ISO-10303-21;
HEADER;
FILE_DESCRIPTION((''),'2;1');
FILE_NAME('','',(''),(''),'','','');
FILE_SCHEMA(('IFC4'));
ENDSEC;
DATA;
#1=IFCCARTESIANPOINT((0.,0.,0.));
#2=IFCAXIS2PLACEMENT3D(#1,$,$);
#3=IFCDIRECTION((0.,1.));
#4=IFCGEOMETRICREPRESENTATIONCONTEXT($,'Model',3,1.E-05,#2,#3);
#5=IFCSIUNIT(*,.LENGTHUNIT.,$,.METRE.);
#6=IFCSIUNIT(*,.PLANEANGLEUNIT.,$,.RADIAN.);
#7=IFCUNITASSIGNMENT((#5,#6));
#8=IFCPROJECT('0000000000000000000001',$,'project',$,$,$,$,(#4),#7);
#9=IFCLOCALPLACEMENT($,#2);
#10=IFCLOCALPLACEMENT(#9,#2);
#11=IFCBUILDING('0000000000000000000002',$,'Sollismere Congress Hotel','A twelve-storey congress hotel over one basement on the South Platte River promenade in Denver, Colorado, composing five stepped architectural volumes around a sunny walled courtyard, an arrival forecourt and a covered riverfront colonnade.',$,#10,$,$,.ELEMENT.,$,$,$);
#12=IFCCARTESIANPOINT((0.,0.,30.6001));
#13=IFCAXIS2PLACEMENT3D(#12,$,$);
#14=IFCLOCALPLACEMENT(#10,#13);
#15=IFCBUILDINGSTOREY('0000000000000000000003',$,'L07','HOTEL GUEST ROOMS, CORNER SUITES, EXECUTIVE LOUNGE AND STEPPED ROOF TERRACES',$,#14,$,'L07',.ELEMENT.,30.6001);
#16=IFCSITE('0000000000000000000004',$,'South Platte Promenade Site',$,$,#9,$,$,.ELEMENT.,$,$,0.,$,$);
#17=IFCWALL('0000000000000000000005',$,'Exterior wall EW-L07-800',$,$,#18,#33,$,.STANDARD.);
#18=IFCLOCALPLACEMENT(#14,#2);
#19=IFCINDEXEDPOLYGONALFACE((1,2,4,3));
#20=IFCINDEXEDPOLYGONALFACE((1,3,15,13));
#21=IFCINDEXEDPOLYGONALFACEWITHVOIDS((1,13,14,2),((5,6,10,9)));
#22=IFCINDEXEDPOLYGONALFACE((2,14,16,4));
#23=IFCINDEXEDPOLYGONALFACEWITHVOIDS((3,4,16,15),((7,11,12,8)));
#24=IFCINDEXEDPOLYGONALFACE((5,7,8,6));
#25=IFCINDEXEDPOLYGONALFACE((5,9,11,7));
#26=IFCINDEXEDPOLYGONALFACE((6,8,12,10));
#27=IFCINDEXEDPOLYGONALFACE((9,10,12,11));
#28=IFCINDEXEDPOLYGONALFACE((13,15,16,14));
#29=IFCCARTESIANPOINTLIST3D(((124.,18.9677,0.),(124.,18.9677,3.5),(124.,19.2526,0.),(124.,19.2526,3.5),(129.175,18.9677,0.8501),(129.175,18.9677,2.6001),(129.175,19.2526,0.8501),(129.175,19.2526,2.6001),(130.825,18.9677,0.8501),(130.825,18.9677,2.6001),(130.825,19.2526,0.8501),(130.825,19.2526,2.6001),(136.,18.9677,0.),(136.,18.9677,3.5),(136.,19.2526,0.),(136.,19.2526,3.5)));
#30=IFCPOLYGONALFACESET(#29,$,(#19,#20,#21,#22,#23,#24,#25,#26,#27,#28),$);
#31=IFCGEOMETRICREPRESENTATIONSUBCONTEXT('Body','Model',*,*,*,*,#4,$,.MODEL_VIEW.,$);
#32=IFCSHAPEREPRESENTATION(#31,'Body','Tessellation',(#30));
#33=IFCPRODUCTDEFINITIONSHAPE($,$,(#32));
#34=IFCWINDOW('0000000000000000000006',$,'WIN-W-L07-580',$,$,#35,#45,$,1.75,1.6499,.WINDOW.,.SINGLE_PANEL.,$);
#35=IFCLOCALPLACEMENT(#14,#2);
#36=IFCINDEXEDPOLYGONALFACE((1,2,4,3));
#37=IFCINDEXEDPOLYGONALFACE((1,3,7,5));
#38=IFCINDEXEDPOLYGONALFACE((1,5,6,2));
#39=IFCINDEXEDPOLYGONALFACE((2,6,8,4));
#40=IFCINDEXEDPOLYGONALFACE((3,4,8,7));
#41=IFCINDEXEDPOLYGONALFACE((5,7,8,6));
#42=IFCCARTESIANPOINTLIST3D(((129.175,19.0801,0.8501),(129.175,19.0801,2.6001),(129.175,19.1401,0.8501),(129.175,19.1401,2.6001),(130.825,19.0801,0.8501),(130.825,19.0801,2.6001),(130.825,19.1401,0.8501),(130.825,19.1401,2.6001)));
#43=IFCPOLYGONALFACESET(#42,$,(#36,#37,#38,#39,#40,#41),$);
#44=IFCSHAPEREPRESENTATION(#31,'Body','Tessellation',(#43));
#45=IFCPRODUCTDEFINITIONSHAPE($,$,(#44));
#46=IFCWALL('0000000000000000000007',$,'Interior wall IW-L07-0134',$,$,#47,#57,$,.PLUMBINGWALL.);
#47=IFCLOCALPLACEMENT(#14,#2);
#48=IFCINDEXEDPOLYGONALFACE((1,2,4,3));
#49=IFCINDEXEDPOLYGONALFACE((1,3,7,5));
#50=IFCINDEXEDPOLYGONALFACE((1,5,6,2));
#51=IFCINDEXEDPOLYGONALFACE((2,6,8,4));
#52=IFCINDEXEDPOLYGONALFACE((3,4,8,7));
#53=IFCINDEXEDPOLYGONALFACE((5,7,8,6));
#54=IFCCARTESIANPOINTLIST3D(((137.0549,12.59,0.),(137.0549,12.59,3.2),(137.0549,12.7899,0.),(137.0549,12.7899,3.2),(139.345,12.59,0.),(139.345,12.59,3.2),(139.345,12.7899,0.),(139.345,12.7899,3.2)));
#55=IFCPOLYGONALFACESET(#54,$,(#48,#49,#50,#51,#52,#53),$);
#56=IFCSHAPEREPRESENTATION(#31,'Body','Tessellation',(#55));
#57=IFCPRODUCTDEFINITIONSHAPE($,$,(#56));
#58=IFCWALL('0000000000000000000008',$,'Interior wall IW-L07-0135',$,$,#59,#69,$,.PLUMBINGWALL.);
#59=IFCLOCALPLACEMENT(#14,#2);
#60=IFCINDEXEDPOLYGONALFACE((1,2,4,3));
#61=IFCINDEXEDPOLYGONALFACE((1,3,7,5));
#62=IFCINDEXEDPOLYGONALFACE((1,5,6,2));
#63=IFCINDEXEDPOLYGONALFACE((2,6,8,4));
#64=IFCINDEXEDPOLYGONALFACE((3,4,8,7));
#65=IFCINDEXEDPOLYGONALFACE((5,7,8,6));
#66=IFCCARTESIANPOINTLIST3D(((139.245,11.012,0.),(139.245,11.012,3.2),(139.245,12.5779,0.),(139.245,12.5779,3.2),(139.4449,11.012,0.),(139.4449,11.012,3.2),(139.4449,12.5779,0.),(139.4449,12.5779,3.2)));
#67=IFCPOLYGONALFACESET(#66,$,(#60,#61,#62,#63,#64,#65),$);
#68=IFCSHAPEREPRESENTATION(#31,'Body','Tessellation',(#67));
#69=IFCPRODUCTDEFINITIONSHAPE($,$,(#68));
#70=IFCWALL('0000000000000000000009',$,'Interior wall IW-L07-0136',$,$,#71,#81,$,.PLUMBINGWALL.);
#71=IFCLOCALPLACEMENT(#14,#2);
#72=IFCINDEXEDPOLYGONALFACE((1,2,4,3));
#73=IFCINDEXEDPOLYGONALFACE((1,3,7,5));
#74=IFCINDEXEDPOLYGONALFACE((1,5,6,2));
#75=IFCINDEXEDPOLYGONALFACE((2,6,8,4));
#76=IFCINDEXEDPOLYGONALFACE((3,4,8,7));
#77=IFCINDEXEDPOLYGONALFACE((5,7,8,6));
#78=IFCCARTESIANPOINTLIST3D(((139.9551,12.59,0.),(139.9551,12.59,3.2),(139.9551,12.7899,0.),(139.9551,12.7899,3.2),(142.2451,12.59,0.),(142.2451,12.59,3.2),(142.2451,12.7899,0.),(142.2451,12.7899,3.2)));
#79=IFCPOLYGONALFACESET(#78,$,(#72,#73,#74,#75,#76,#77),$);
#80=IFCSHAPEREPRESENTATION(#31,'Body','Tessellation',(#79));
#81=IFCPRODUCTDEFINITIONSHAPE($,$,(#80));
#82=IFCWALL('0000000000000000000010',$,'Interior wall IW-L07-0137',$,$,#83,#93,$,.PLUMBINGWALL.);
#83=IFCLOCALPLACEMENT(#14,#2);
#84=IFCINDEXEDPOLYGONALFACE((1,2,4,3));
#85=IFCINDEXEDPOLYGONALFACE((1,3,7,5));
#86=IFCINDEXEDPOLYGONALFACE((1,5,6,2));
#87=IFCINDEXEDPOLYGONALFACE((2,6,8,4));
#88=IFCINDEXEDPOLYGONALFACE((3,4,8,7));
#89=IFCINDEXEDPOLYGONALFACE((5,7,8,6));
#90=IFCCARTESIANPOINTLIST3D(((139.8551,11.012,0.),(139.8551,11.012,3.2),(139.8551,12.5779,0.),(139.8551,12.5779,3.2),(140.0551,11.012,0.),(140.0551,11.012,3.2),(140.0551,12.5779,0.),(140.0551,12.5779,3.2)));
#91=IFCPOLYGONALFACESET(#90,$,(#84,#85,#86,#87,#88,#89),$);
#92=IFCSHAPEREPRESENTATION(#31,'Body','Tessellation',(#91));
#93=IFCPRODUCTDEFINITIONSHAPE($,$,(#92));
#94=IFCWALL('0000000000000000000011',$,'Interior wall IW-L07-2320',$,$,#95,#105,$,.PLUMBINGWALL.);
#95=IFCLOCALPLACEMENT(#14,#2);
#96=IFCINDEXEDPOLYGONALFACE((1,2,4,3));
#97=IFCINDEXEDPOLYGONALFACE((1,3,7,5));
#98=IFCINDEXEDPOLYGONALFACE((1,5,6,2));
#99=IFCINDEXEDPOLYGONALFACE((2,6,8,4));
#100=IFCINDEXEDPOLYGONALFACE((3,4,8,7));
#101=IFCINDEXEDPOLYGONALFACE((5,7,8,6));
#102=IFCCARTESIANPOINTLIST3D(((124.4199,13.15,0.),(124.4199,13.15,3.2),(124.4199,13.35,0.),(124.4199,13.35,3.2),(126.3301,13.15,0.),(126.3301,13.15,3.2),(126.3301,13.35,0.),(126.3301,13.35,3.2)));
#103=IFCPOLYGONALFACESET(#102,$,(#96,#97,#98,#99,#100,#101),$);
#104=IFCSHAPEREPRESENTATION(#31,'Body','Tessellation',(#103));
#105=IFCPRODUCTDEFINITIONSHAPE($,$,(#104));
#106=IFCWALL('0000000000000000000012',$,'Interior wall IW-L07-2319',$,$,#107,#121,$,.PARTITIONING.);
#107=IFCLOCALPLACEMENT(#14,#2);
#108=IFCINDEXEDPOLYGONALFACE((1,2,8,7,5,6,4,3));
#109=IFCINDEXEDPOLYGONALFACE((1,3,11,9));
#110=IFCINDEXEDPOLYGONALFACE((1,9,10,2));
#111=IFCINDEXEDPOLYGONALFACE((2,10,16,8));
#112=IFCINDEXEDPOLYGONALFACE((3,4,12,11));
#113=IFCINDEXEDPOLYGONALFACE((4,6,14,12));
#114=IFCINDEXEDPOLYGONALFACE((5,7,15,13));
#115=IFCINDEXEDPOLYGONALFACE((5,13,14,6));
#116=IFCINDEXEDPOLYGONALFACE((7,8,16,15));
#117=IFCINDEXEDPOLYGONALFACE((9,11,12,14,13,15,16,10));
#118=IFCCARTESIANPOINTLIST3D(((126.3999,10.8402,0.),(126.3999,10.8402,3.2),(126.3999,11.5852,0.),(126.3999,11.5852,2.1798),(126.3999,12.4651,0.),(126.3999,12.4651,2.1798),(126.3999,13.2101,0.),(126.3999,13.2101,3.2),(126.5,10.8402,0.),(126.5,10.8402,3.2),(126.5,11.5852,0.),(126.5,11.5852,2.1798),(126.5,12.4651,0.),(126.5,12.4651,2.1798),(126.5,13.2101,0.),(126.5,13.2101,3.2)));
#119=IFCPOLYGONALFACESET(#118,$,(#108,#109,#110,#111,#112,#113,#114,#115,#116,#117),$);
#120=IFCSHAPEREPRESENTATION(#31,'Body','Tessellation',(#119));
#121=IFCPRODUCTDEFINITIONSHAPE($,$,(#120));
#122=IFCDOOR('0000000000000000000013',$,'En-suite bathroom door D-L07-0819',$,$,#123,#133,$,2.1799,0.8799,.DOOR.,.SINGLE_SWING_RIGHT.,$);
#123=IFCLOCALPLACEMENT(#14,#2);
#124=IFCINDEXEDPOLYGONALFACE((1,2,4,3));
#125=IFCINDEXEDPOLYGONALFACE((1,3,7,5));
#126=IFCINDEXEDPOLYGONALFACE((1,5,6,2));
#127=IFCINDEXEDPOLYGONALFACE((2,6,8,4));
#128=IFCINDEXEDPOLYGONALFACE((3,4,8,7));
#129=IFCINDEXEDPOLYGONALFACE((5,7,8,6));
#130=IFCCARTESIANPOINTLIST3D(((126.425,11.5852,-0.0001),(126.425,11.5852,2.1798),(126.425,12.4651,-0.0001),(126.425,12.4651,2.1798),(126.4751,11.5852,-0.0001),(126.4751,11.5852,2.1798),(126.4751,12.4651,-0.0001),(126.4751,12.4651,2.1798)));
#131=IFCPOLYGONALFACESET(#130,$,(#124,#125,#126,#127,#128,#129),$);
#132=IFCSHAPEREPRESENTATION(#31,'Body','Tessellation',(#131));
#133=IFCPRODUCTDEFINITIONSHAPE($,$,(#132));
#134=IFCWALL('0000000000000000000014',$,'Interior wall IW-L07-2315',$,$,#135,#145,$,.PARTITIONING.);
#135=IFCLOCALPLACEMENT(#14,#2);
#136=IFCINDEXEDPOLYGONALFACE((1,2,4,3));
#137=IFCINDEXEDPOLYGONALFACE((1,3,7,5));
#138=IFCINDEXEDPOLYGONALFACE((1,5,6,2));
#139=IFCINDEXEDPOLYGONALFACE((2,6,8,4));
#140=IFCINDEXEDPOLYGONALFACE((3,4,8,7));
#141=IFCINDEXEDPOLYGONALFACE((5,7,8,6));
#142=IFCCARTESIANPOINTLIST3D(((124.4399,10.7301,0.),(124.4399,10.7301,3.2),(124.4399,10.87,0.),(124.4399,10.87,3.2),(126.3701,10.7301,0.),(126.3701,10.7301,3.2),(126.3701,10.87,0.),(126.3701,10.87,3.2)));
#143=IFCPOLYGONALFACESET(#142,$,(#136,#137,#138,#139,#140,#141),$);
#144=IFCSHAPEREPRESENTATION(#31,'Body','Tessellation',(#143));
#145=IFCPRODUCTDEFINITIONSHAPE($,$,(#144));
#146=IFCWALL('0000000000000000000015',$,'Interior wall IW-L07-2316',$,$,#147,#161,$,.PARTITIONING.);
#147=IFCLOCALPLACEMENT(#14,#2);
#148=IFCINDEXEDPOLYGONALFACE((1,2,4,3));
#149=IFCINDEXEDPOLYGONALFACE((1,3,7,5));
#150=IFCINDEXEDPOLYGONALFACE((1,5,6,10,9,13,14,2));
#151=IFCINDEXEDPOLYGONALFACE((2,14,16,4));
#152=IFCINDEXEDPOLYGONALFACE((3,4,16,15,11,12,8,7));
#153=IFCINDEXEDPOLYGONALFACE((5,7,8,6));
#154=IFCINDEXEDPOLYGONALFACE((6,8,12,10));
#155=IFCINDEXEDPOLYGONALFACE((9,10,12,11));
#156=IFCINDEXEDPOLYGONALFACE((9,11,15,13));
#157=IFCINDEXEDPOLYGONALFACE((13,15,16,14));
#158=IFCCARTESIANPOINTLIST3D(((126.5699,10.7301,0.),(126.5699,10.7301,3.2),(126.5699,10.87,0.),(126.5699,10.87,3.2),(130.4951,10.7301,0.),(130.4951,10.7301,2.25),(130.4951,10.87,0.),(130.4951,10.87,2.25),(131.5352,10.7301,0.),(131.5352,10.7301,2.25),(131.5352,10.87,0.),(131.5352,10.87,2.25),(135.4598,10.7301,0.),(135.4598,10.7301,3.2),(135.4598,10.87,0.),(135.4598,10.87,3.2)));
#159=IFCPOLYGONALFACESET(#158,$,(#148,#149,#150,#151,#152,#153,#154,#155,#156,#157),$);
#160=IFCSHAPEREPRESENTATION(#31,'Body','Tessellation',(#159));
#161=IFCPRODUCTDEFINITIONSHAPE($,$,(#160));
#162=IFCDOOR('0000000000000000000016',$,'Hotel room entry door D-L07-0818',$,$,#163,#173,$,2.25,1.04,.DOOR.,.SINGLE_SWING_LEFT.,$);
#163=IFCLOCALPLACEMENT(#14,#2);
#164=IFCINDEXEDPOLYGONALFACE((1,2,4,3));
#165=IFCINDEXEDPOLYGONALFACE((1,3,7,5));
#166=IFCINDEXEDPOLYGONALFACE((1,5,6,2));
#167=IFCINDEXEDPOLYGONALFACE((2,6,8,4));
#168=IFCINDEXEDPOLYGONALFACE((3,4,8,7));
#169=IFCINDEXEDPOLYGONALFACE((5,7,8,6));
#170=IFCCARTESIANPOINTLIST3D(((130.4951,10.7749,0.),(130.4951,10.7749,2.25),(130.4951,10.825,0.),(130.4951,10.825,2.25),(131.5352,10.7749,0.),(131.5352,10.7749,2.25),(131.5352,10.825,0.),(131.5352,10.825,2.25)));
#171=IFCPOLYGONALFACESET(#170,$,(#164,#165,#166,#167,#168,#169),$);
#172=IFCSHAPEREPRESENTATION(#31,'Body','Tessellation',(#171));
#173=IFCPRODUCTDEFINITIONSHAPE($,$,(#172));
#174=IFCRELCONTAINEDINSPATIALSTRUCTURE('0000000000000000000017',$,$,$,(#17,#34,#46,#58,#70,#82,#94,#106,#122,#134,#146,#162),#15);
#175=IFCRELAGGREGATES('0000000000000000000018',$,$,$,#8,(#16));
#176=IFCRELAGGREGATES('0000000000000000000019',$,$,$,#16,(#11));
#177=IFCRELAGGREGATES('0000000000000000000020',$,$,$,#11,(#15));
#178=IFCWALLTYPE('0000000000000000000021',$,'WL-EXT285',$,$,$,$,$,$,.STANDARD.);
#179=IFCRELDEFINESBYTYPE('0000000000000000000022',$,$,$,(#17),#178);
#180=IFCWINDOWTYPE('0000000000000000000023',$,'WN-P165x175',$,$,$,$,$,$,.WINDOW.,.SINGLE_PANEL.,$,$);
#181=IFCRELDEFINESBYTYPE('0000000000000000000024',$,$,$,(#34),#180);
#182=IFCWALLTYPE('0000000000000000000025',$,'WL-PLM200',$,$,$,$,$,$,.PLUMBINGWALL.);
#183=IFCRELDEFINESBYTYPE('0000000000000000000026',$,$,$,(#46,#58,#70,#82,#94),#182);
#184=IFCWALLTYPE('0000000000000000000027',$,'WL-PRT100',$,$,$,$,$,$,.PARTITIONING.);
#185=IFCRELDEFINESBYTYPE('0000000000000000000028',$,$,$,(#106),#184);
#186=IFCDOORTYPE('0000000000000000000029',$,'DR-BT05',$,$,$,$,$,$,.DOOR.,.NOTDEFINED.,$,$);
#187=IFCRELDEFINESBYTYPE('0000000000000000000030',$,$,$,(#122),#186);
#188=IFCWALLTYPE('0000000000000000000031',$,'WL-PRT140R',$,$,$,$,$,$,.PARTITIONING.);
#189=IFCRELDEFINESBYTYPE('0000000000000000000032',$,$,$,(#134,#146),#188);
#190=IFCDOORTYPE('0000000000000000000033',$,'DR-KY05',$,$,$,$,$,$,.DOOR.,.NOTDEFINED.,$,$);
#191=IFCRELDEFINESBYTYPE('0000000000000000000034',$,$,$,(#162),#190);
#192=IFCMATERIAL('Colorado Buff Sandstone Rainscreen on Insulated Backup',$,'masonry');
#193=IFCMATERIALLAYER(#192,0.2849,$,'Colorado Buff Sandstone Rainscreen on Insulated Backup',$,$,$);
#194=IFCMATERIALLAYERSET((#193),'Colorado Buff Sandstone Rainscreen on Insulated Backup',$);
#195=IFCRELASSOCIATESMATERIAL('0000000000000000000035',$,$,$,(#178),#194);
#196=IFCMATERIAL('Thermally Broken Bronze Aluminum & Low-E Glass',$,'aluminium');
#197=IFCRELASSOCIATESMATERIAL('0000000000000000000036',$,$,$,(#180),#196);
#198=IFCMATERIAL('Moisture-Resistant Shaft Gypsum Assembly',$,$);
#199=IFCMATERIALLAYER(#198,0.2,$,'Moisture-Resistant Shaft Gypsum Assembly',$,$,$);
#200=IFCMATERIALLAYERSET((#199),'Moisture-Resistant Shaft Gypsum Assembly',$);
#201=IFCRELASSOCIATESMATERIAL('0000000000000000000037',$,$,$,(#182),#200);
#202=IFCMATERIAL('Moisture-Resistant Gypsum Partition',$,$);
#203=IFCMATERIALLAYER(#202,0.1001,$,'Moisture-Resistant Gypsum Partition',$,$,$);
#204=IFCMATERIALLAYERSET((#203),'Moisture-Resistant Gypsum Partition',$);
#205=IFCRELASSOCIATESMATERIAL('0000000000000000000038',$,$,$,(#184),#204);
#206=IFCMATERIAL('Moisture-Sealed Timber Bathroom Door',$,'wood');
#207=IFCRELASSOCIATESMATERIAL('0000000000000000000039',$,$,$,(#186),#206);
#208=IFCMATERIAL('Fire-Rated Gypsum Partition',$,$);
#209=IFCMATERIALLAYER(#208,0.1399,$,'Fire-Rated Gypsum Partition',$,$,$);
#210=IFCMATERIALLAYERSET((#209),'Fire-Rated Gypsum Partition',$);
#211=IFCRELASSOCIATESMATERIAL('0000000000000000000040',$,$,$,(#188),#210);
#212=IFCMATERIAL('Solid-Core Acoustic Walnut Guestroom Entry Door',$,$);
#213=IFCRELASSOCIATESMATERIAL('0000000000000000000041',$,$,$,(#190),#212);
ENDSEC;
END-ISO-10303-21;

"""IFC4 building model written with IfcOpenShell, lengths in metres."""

from ifc_helpers import new_model, si_unit, direction, frame, frame_2d, origin, place, context, subcontext, project, spatial, rectangle, extrude, material, layer, layer_set, type_object, element, fill, save


model = new_model("IFC4")

# Units and contexts
model_context = context("Model", 3, precision=1e-05, world=origin(), true_north=direction((0.0, 1.0)))
body_context = subcontext(model_context, "Body", "Model", "MODEL_VIEW")
ifc_project = project(units=[si_unit("LENGTHUNIT", "METRE"), si_unit("PLANEANGLEUNIT", "RADIAN")], contexts=[model_context])

# Site, building, storey
site_placement = place(None, origin())
site = spatial("IfcSite", under=ifc_project, at=site_placement, Name="South Platte Promenade Site", CompositionType="ELEMENT", RefElevation=0.0)
building_placement = place(site_placement, origin())
building = spatial("IfcBuilding", under=site, at=building_placement, Name="Sollismere Congress Hotel", Description="A twelve-storey congress hotel over one basement on the South Platte River promenade in Denver, Colorado, composing five stepped architectural volumes around a sunny walled courtyard, an arrival forecourt and a covered riverfront colonnade.", CompositionType="ELEMENT")
storey_placement = place(building_placement, frame((0.0, 0.0, 30.6001)))
storey = spatial("IfcBuildingStorey", under=building, at=storey_placement, Name="L07", Description="HOTEL GUEST ROOMS, CORNER SUITES, EXECUTIVE LOUNGE AND STEPPED ROOF TERRACES", LongName="L07", CompositionType="ELEMENT", Elevation=30.6001)

# Wall, opening, window
ifc_material_1 = material(Name="Colorado Buff Sandstone Rainscreen on Insulated Backup", Category="masonry")
ifc_layer_1 = layer(ifc_material_1, 0.2849, Name="Colorado Buff Sandstone Rainscreen on Insulated Backup")
ifc_layer_set_1 = layer_set([ifc_layer_1], Name="Colorado Buff Sandstone Rainscreen on Insulated Backup")
wall_type_1 = type_object("IfcWallType", Name="WL-EXT285", PredefinedType="STANDARD", material=ifc_layer_set_1)
wall_1_placement = place(storey_placement, frame((136.0, 19.1101, 0.0), z_axis=(0.0, 0.0, 1.0), x_axis=(-1.0, 0.0, 0.0)))
wall_1 = element("IfcWall", 1, at=wall_1_placement, inside=storey, type_object=wall_type_1, Name="Exterior wall EW-L07-800", PredefinedType="STANDARD", context=body_context, shape_type="SweptSolid", body=[
    extrude(rectangle(XDim=12.0, YDim=0.2849, at=frame_2d((6.0, 0.0))), origin(), (0.0, 0.0, 1.0), 3.5),
])
opening_1_placement = place(wall_1_placement, frame((5.175, 0.0, 0.8501)))
opening_1 = element("IfcOpeningElement", 2, at=opening_1_placement, cuts=wall_1, PredefinedType="OPENING", context=body_context, shape_type="SweptSolid", body=[
    extrude(rectangle(XDim=1.6499, YDim=1.75, at=frame_2d((0.825, 0.875))), frame((0.0, 0.1523, 0.0), z_axis=(0.0, -1.0, 0.0), x_axis=(1.0, 0.0, 0.0)), (0.0, 0.0, 1.0), 0.3049),
])
ifc_material_2 = material(Name="Thermally Broken Bronze Aluminum & Low-E Glass", Category="aluminium")
window_type = type_object("IfcWindowType", Name="WN-P165x175", PartitioningType="SINGLE_PANEL", PredefinedType="WINDOW", material=ifc_material_2)
window_placement = place(opening_1_placement, origin())
window = element("IfcWindow", 3, at=window_placement, inside=storey, type_object=window_type, Name="WIN-W-L07-580", OverallHeight=1.75, OverallWidth=1.6499, PartitioningType="SINGLE_PANEL", PredefinedType="WINDOW", context=body_context, shape_type="SweptSolid", body=[
    extrude(rectangle(XDim=1.6499, YDim=1.75, at=frame_2d((0.825, 0.875))), frame((0.0, 0.03, 0.0), z_axis=(0.0, -1.0, 0.0), x_axis=(1.0, 0.0, 0.0)), (0.0, 0.0, 1.0), 0.0601),
])
fill(opening_1, window)

# Walls
ifc_material_3 = material(Name="Moisture-Resistant Shaft Gypsum Assembly")
ifc_layer_2 = layer(ifc_material_3, 0.2, Name="Moisture-Resistant Shaft Gypsum Assembly")
ifc_layer_set_2 = layer_set([ifc_layer_2], Name="Moisture-Resistant Shaft Gypsum Assembly")
wall_type_2 = type_object("IfcWallType", Name="WL-PLM200", PredefinedType="PLUMBINGWALL", material=ifc_layer_set_2)
wall_2_placement = place(storey_placement, frame((137.0549, 12.6899, 0.0), z_axis=(0.0, 0.0, 1.0), x_axis=(1.0, 0.0, 0.0)))
element("IfcWall", 4, at=wall_2_placement, inside=storey, type_object=wall_type_2, Name="Interior wall IW-L07-0134", PredefinedType="PLUMBINGWALL", context=body_context, shape_type="SweptSolid", body=[
    extrude(rectangle(XDim=2.29, YDim=0.2, at=frame_2d((1.145, 0.0))), origin(), (0.0, 0.0, 1.0), 3.2),
])
wall_3_placement = place(storey_placement, frame((139.345, 11.012, 0.0), z_axis=(0.0, 0.0, 1.0), x_axis=(0.0, 1.0, 0.0)))
element("IfcWall", 5, at=wall_3_placement, inside=storey, type_object=wall_type_2, Name="Interior wall IW-L07-0135", PredefinedType="PLUMBINGWALL", context=body_context, shape_type="SweptSolid", body=[
    extrude(rectangle(XDim=1.5659, YDim=0.2, at=frame_2d((0.783, 0.0))), origin(), (0.0, 0.0, 1.0), 3.2),
])
wall_4_placement = place(storey_placement, frame((139.9551, 12.6899, 0.0), z_axis=(0.0, 0.0, 1.0), x_axis=(1.0, 0.0, 0.0)))
element("IfcWall", 6, at=wall_4_placement, inside=storey, type_object=wall_type_2, Name="Interior wall IW-L07-0136", PredefinedType="PLUMBINGWALL", context=body_context, shape_type="SweptSolid", body=[
    extrude(rectangle(XDim=2.29, YDim=0.2, at=frame_2d((1.145, 0.0))), origin(), (0.0, 0.0, 1.0), 3.2),
])
wall_5_placement = place(storey_placement, frame((139.9551, 11.012, 0.0), z_axis=(0.0, 0.0, 1.0), x_axis=(0.0, 1.0, 0.0)))
element("IfcWall", 7, at=wall_5_placement, inside=storey, type_object=wall_type_2, Name="Interior wall IW-L07-0137", PredefinedType="PLUMBINGWALL", context=body_context, shape_type="SweptSolid", body=[
    extrude(rectangle(XDim=1.5659, YDim=0.2, at=frame_2d((0.783, 0.0))), origin(), (0.0, 0.0, 1.0), 3.2),
])
wall_6_placement = place(storey_placement, frame((124.4199, 13.25, 0.0), z_axis=(0.0, 0.0, 1.0), x_axis=(1.0, 0.0, 0.0)))
element("IfcWall", 8, at=wall_6_placement, inside=storey, type_object=wall_type_2, Name="Interior wall IW-L07-2320", PredefinedType="PLUMBINGWALL", context=body_context, shape_type="SweptSolid", body=[
    extrude(rectangle(XDim=1.9102, YDim=0.2, at=frame_2d((0.9551, 0.0))), origin(), (0.0, 0.0, 1.0), 3.2),
])

# Wall, opening, door
ifc_material_4 = material(Name="Moisture-Resistant Gypsum Partition")
ifc_layer_3 = layer(ifc_material_4, 0.1001, Name="Moisture-Resistant Gypsum Partition")
ifc_layer_set_3 = layer_set([ifc_layer_3], Name="Moisture-Resistant Gypsum Partition")
wall_type_3 = type_object("IfcWallType", Name="WL-PRT100", PredefinedType="PARTITIONING", material=ifc_layer_set_3)
wall_7_placement = place(storey_placement, frame((126.45, 10.8401, 0.0), z_axis=(0.0, 0.0, 1.0), x_axis=(0.0, 1.0, 0.0)))
wall_7 = element("IfcWall", 9, at=wall_7_placement, inside=storey, type_object=wall_type_3, Name="Interior wall IW-L07-2319", PredefinedType="PARTITIONING", context=body_context, shape_type="SweptSolid", body=[
    extrude(rectangle(XDim=2.3699, YDim=0.1001, at=frame_2d((1.1851, 0.0))), origin(), (0.0, 0.0, 1.0), 3.2),
])
opening_2_placement = place(wall_7_placement, frame((0.7451, 0.0, 0.0)))
opening_2 = element("IfcOpeningElement", 10, at=opening_2_placement, cuts=wall_7, PredefinedType="OPENING", context=body_context, shape_type="SweptSolid", body=[
    extrude(rectangle(XDim=0.8799, YDim=2.1799, at=frame_2d((0.4399, 1.0898))), frame((0.0, 0.0601, 0.0), z_axis=(0.0, -1.0, 0.0), x_axis=(1.0, 0.0, 0.0)), (0.0, 0.0, 1.0), 0.1201),
])
ifc_material_5 = material(Name="Moisture-Sealed Timber Bathroom Door", Category="wood")
door_type_1 = type_object("IfcDoorType", Name="DR-BT05", OperationType="NOTDEFINED", PredefinedType="DOOR", material=ifc_material_5)
door_1_placement = place(opening_2_placement, origin())
door_1 = element("IfcDoor", 11, at=door_1_placement, inside=storey, type_object=door_type_1, Name="En-suite bathroom door D-L07-0819", OperationType="SINGLE_SWING_RIGHT", OverallHeight=2.1799, OverallWidth=0.8799, PredefinedType="DOOR", context=body_context, shape_type="SweptSolid", body=[
    extrude(rectangle(XDim=0.8799, YDim=2.1799, at=frame_2d((0.4399, 1.0898))), frame((0.0, 0.0249, 0.0), z_axis=(0.0, -1.0, 0.0), x_axis=(1.0, 0.0, 0.0)), (0.0, 0.0, 1.0), 0.05),
])
fill(opening_2, door_1)

# Wall
ifc_material_6 = material(Name="Fire-Rated Gypsum Partition")
ifc_layer_4 = layer(ifc_material_6, 0.1399, Name="Fire-Rated Gypsum Partition")
ifc_layer_set_4 = layer_set([ifc_layer_4], Name="Fire-Rated Gypsum Partition")
wall_type_4 = type_object("IfcWallType", Name="WL-PRT140R", PredefinedType="PARTITIONING", material=ifc_layer_set_4)
wall_8_placement = place(storey_placement, frame((124.4399, 10.8, 0.0), z_axis=(0.0, 0.0, 1.0), x_axis=(1.0, 0.0, 0.0)))
element("IfcWall", 12, at=wall_8_placement, inside=storey, type_object=wall_type_4, Name="Interior wall IW-L07-2315", PredefinedType="PARTITIONING", context=body_context, shape_type="SweptSolid", body=[
    extrude(rectangle(XDim=1.9302, YDim=0.1399, at=frame_2d((0.9651, 0.0))), origin(), (0.0, 0.0, 1.0), 3.2),
])

# Wall, opening, door
wall_9_placement = place(storey_placement, frame((126.5701, 10.8, 0.0), z_axis=(0.0, 0.0, 1.0), x_axis=(1.0, 0.0, 0.0)))
wall_9 = element("IfcWall", 13, at=wall_9_placement, inside=storey, type_object=wall_type_4, Name="Interior wall IW-L07-2316", PredefinedType="PARTITIONING", context=body_context, shape_type="SweptSolid", body=[
    extrude(rectangle(XDim=8.8899, YDim=0.1399, at=frame_2d((4.4448, 0.0))), origin(), (0.0, 0.0, 1.0), 3.2),
])
opening_3_placement = place(wall_9_placement, frame((3.925, 0.0, 0.0)))
opening_3 = element("IfcOpeningElement", 14, at=opening_3_placement, cuts=wall_9, PredefinedType="OPENING", context=body_context, shape_type="SweptSolid", body=[
    extrude(rectangle(XDim=1.04, YDim=2.25, at=frame_2d((0.52, 1.125))), frame((0.0, 0.0798, 0.0), z_axis=(0.0, -1.0, 0.0), x_axis=(1.0, 0.0, 0.0)), (0.0, 0.0, 1.0), 0.1599),
])
ifc_material_7 = material(Name="Solid-Core Acoustic Walnut Guestroom Entry Door")
door_type_2 = type_object("IfcDoorType", Name="DR-KY05", OperationType="NOTDEFINED", PredefinedType="DOOR", material=ifc_material_7)
door_2_placement = place(opening_3_placement, origin())
door_2 = element("IfcDoor", 15, at=door_2_placement, inside=storey, type_object=door_type_2, Name="Hotel room entry door D-L07-0818", OperationType="SINGLE_SWING_LEFT", OverallHeight=2.25, OverallWidth=1.04, PredefinedType="DOOR", context=body_context, shape_type="SweptSolid", body=[
    extrude(rectangle(XDim=1.04, YDim=2.25, at=frame_2d((0.52, 1.125))), frame((0.0, 0.0249, 0.0), z_axis=(0.0, -1.0, 0.0), x_axis=(1.0, 0.0, 0.0)), (0.0, 0.0, 1.0), 0.05),
])
fill(opening_3, door_2)

save(model, "model.ifc")
